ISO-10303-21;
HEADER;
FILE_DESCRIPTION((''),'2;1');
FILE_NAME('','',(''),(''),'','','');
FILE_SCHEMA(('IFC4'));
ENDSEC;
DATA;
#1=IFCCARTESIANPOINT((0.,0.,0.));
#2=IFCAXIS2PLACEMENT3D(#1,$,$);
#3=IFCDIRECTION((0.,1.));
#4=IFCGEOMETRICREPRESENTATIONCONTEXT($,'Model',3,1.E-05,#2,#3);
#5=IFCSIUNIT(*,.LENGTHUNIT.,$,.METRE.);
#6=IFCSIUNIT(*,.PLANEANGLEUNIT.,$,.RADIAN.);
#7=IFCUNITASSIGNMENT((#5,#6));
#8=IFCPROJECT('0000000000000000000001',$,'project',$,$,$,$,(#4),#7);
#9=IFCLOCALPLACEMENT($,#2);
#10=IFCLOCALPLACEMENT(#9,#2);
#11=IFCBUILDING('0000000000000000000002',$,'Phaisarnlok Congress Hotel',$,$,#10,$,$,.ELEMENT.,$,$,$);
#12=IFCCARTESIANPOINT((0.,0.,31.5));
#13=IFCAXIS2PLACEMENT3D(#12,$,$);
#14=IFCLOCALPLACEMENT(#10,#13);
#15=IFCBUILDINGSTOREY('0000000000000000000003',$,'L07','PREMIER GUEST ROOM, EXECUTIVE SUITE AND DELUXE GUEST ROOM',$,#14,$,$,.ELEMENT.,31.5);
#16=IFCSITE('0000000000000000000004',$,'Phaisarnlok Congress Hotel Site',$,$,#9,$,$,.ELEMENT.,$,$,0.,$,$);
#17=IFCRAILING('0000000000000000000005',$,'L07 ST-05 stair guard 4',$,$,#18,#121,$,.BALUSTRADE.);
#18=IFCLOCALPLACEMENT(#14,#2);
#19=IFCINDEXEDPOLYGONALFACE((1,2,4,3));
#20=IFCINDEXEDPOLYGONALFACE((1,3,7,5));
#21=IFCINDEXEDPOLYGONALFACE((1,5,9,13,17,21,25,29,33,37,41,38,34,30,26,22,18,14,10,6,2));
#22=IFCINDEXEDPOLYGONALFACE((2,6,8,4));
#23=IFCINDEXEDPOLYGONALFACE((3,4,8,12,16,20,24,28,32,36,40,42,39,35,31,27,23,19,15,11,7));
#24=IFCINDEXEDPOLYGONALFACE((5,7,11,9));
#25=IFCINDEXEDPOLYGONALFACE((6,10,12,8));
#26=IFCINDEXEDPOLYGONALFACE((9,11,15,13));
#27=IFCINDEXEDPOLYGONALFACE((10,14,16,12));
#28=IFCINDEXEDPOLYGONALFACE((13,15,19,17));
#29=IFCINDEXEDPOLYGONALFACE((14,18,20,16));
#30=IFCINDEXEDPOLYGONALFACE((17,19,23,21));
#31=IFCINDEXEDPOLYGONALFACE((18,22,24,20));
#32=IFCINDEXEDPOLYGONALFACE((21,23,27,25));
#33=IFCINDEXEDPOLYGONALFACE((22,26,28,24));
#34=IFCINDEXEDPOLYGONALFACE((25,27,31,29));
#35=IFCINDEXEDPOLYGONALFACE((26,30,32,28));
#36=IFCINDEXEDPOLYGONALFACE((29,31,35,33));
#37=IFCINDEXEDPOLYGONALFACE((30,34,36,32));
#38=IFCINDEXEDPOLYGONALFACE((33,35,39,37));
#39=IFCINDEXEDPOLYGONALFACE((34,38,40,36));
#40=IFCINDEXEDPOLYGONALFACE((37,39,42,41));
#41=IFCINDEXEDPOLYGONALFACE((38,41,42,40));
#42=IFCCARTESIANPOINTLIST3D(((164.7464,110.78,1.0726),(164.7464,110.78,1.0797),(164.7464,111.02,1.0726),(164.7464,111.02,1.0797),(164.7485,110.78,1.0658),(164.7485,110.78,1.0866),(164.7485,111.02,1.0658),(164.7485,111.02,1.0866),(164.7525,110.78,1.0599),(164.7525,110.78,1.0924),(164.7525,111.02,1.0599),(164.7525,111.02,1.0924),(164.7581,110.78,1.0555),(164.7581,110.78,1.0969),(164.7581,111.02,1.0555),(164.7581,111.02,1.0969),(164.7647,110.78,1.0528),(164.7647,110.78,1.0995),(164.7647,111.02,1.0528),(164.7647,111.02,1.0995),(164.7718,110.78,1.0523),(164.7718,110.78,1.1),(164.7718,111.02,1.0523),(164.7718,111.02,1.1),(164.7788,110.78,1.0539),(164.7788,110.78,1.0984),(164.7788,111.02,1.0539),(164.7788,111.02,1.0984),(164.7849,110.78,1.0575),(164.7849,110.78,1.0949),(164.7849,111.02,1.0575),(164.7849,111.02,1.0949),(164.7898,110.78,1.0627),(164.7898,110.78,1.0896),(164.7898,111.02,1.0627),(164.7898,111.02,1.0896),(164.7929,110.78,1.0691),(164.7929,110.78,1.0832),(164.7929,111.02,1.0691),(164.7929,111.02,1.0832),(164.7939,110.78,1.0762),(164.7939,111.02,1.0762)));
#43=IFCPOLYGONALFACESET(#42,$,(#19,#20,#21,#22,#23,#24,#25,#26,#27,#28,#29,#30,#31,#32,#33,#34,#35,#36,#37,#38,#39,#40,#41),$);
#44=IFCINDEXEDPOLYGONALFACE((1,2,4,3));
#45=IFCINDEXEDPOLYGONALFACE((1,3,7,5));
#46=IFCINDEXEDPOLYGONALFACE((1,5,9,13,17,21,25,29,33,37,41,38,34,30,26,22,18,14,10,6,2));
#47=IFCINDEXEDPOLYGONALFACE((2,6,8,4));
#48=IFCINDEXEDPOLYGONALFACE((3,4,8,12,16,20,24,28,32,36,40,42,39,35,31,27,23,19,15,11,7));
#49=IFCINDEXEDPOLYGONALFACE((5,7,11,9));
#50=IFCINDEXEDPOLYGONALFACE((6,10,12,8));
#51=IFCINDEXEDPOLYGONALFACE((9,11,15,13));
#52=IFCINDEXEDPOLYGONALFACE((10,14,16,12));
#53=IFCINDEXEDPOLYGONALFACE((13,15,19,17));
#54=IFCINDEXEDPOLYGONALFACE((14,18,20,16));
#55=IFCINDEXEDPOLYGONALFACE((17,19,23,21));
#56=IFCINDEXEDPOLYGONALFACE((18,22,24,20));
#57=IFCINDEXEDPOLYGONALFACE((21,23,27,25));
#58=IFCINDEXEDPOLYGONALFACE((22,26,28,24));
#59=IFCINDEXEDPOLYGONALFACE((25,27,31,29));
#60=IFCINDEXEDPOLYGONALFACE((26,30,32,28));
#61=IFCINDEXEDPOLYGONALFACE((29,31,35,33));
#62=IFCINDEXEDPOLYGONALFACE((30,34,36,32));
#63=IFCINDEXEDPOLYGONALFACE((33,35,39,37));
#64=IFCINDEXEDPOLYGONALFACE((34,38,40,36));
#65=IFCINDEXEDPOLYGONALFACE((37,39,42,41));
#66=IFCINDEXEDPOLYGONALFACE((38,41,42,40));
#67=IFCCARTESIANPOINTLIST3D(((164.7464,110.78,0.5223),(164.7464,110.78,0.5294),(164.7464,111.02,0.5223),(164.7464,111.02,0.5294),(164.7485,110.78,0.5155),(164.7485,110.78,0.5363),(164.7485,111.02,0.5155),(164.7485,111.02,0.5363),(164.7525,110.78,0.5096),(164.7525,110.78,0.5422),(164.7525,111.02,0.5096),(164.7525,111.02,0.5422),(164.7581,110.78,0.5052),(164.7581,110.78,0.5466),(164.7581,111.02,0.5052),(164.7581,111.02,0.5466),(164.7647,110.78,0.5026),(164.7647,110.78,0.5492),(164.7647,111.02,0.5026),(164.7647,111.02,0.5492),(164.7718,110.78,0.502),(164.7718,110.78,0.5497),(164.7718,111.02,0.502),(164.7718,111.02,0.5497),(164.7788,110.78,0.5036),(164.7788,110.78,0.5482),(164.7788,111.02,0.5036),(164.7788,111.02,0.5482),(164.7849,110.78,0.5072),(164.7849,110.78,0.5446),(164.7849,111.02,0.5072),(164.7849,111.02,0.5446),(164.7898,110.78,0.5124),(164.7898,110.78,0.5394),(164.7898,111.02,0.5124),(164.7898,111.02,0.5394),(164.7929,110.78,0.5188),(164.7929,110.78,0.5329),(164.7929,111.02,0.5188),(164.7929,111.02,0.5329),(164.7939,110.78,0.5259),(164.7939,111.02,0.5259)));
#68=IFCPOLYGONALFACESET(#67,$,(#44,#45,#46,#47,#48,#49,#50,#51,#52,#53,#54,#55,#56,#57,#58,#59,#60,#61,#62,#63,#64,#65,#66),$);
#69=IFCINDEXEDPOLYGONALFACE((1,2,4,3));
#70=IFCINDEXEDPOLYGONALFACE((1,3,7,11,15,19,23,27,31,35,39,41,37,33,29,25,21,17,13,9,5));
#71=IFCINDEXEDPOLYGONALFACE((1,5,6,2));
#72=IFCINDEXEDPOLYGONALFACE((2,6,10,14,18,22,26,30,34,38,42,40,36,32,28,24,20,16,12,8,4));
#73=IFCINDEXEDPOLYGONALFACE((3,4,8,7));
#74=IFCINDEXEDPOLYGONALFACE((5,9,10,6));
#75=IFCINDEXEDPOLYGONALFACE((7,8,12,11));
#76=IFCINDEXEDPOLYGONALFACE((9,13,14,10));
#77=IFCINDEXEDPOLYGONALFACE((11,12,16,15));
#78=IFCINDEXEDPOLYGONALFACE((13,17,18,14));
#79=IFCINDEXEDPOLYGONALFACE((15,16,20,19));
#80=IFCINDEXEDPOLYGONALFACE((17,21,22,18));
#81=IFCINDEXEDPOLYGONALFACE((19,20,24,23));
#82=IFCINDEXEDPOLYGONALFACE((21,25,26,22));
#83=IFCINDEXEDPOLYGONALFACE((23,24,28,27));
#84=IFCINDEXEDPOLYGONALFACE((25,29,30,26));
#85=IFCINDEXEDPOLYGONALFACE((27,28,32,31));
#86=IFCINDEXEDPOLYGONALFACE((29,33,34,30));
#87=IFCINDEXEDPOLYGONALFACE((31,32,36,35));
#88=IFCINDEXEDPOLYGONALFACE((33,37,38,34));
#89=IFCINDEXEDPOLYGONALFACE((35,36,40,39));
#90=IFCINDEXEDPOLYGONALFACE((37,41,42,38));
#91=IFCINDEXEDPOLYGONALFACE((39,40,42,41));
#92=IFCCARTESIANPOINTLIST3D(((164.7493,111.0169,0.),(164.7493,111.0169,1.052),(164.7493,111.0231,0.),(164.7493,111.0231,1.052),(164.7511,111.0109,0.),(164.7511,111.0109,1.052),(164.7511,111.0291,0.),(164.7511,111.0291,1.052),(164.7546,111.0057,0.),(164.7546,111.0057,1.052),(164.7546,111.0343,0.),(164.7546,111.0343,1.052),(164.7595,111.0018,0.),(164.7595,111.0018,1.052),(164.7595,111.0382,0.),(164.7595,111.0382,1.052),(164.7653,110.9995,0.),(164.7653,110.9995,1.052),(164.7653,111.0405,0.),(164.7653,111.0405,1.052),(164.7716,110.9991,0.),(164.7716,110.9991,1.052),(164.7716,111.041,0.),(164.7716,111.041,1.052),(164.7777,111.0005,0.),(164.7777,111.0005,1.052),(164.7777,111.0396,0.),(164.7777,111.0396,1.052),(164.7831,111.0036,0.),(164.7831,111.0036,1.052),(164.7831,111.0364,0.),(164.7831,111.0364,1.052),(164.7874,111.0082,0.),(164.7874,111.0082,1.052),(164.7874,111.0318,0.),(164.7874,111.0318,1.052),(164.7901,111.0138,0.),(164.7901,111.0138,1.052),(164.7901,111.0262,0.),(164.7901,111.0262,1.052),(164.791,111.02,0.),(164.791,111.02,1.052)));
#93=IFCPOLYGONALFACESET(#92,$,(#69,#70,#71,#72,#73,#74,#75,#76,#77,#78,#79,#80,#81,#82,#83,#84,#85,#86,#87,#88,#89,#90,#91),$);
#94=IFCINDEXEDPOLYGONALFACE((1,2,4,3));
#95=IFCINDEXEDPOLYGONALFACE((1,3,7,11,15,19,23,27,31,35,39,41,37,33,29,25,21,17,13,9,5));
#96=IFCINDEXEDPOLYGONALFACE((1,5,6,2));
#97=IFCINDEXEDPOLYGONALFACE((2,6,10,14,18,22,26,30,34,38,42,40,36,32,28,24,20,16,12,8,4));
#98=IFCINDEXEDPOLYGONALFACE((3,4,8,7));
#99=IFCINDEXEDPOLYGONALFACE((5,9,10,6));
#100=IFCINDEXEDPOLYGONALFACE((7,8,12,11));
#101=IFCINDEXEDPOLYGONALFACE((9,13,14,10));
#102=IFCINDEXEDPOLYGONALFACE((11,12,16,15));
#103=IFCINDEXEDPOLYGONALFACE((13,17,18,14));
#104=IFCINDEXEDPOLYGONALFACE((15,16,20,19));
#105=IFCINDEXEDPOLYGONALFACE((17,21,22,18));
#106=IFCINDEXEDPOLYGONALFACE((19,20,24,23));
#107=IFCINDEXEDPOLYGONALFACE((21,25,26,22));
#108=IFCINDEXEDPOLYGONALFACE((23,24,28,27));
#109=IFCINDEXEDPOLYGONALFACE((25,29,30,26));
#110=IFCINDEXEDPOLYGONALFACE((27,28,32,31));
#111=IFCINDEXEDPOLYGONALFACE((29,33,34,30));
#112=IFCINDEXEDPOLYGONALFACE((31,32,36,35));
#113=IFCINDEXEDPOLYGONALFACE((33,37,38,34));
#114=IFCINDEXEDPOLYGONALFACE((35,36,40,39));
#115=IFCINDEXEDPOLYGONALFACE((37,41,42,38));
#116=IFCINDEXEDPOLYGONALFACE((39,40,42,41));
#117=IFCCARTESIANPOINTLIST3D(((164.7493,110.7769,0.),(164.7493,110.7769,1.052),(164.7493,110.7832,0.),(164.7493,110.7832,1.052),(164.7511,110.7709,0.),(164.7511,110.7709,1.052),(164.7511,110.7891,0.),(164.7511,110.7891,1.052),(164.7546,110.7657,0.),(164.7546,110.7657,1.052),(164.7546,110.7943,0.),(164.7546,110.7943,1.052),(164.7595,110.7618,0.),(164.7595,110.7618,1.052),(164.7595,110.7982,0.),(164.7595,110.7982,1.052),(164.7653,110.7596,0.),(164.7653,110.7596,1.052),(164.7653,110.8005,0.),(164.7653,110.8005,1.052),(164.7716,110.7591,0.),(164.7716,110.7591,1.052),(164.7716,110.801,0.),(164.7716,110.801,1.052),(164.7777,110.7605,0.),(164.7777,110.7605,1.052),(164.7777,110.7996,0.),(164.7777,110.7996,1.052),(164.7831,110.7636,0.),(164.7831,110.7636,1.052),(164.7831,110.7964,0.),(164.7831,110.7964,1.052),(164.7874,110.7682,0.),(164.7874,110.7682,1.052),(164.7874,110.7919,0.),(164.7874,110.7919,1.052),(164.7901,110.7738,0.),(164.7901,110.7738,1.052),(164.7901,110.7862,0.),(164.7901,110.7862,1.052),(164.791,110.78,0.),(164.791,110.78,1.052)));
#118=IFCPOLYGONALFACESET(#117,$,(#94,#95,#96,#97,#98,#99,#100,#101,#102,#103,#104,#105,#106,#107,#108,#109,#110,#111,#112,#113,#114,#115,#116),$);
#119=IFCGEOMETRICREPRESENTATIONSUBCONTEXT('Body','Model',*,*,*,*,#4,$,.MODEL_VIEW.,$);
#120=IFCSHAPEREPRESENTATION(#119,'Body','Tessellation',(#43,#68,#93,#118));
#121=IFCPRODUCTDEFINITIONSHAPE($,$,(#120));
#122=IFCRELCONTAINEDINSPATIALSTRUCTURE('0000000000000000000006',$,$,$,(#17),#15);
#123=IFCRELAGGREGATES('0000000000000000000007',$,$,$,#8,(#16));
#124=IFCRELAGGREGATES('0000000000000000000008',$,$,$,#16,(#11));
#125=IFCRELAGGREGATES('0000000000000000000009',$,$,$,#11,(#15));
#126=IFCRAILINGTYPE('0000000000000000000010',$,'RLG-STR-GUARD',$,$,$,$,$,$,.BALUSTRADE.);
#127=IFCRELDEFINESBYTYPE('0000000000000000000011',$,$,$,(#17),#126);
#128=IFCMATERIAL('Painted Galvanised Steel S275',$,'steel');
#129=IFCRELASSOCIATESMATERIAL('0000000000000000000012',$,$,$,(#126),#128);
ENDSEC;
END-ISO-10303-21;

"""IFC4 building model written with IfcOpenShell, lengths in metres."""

from ifc_helpers import new_model, si_unit, direction, frame, origin, origin_2d, place, context, subcontext, project, spatial, circle, extrude, material, type_object, element, save


model = new_model("IFC4")

# Units and contexts
model_context = context("Model", 3, precision=1e-05, world=origin(), true_north=direction((0.0, 1.0)))
body_context = subcontext(model_context, "Body", "Model", "MODEL_VIEW")
ifc_project = project(units=[si_unit("LENGTHUNIT", "METRE"), si_unit("PLANEANGLEUNIT", "RADIAN")], contexts=[model_context])

# Site, building, storey
site_placement = place(None, origin())
site = spatial("IfcSite", under=ifc_project, at=site_placement, Name="Phaisarnlok Congress Hotel Site", CompositionType="ELEMENT", RefElevation=0.0)
building_placement = place(site_placement, origin())
building = spatial("IfcBuilding", under=site, at=building_placement, Name="Phaisarnlok Congress Hotel", CompositionType="ELEMENT")
storey_placement = place(building_placement, frame((0.0, 0.0, 31.5)))
storey = spatial("IfcBuildingStorey", under=building, at=storey_placement, Name="L07", Description="PREMIER GUEST ROOM, EXECUTIVE SUITE AND DELUXE GUEST ROOM", CompositionType="ELEMENT", Elevation=31.5)

# Railing
ifc_material_1 = material(Name="Painted Galvanised Steel S275", Category="steel")
railing_type_1 = type_object("IfcRailingType", Name="RLG-STR-GUARD", PredefinedType="BALUSTRADE", material=ifc_material_1)
railing_1_placement = place(storey_placement, frame((164.77, 111.02, 0.0)))
element("IfcRailing", 1, at=railing_1_placement, inside=storey, type_object=railing_type_1, Name="L07 ST-05 stair guard 4", PredefinedType="BALUSTRADE", context=body_context, shape_type="SweptSolid", body=[
    extrude(circle(Radius=0.0239, at=origin_2d()), frame((0.0, 0.0, 1.0762), z_axis=(0.0, -1.0, 0.0), x_axis=(1.0, 0.0, 0.0)), (0.0, 0.0, 1.0), 0.24),
    extrude(circle(Radius=0.0239, at=origin_2d()), frame((0.0, 0.0, 0.5259), z_axis=(0.0, -1.0, 0.0), x_axis=(1.0, 0.0, 0.0)), (0.0, 0.0, 1.0), 0.24),
    extrude(circle(Radius=0.021, at=origin_2d()), origin(), (0.0, 0.0, 1.0), 1.052),
    extrude(circle(Radius=0.021, at=origin_2d()), frame((0.0, -0.24, 0.0)), (0.0, 0.0, 1.0), 1.052),
])

save(model, "model.ifc")
